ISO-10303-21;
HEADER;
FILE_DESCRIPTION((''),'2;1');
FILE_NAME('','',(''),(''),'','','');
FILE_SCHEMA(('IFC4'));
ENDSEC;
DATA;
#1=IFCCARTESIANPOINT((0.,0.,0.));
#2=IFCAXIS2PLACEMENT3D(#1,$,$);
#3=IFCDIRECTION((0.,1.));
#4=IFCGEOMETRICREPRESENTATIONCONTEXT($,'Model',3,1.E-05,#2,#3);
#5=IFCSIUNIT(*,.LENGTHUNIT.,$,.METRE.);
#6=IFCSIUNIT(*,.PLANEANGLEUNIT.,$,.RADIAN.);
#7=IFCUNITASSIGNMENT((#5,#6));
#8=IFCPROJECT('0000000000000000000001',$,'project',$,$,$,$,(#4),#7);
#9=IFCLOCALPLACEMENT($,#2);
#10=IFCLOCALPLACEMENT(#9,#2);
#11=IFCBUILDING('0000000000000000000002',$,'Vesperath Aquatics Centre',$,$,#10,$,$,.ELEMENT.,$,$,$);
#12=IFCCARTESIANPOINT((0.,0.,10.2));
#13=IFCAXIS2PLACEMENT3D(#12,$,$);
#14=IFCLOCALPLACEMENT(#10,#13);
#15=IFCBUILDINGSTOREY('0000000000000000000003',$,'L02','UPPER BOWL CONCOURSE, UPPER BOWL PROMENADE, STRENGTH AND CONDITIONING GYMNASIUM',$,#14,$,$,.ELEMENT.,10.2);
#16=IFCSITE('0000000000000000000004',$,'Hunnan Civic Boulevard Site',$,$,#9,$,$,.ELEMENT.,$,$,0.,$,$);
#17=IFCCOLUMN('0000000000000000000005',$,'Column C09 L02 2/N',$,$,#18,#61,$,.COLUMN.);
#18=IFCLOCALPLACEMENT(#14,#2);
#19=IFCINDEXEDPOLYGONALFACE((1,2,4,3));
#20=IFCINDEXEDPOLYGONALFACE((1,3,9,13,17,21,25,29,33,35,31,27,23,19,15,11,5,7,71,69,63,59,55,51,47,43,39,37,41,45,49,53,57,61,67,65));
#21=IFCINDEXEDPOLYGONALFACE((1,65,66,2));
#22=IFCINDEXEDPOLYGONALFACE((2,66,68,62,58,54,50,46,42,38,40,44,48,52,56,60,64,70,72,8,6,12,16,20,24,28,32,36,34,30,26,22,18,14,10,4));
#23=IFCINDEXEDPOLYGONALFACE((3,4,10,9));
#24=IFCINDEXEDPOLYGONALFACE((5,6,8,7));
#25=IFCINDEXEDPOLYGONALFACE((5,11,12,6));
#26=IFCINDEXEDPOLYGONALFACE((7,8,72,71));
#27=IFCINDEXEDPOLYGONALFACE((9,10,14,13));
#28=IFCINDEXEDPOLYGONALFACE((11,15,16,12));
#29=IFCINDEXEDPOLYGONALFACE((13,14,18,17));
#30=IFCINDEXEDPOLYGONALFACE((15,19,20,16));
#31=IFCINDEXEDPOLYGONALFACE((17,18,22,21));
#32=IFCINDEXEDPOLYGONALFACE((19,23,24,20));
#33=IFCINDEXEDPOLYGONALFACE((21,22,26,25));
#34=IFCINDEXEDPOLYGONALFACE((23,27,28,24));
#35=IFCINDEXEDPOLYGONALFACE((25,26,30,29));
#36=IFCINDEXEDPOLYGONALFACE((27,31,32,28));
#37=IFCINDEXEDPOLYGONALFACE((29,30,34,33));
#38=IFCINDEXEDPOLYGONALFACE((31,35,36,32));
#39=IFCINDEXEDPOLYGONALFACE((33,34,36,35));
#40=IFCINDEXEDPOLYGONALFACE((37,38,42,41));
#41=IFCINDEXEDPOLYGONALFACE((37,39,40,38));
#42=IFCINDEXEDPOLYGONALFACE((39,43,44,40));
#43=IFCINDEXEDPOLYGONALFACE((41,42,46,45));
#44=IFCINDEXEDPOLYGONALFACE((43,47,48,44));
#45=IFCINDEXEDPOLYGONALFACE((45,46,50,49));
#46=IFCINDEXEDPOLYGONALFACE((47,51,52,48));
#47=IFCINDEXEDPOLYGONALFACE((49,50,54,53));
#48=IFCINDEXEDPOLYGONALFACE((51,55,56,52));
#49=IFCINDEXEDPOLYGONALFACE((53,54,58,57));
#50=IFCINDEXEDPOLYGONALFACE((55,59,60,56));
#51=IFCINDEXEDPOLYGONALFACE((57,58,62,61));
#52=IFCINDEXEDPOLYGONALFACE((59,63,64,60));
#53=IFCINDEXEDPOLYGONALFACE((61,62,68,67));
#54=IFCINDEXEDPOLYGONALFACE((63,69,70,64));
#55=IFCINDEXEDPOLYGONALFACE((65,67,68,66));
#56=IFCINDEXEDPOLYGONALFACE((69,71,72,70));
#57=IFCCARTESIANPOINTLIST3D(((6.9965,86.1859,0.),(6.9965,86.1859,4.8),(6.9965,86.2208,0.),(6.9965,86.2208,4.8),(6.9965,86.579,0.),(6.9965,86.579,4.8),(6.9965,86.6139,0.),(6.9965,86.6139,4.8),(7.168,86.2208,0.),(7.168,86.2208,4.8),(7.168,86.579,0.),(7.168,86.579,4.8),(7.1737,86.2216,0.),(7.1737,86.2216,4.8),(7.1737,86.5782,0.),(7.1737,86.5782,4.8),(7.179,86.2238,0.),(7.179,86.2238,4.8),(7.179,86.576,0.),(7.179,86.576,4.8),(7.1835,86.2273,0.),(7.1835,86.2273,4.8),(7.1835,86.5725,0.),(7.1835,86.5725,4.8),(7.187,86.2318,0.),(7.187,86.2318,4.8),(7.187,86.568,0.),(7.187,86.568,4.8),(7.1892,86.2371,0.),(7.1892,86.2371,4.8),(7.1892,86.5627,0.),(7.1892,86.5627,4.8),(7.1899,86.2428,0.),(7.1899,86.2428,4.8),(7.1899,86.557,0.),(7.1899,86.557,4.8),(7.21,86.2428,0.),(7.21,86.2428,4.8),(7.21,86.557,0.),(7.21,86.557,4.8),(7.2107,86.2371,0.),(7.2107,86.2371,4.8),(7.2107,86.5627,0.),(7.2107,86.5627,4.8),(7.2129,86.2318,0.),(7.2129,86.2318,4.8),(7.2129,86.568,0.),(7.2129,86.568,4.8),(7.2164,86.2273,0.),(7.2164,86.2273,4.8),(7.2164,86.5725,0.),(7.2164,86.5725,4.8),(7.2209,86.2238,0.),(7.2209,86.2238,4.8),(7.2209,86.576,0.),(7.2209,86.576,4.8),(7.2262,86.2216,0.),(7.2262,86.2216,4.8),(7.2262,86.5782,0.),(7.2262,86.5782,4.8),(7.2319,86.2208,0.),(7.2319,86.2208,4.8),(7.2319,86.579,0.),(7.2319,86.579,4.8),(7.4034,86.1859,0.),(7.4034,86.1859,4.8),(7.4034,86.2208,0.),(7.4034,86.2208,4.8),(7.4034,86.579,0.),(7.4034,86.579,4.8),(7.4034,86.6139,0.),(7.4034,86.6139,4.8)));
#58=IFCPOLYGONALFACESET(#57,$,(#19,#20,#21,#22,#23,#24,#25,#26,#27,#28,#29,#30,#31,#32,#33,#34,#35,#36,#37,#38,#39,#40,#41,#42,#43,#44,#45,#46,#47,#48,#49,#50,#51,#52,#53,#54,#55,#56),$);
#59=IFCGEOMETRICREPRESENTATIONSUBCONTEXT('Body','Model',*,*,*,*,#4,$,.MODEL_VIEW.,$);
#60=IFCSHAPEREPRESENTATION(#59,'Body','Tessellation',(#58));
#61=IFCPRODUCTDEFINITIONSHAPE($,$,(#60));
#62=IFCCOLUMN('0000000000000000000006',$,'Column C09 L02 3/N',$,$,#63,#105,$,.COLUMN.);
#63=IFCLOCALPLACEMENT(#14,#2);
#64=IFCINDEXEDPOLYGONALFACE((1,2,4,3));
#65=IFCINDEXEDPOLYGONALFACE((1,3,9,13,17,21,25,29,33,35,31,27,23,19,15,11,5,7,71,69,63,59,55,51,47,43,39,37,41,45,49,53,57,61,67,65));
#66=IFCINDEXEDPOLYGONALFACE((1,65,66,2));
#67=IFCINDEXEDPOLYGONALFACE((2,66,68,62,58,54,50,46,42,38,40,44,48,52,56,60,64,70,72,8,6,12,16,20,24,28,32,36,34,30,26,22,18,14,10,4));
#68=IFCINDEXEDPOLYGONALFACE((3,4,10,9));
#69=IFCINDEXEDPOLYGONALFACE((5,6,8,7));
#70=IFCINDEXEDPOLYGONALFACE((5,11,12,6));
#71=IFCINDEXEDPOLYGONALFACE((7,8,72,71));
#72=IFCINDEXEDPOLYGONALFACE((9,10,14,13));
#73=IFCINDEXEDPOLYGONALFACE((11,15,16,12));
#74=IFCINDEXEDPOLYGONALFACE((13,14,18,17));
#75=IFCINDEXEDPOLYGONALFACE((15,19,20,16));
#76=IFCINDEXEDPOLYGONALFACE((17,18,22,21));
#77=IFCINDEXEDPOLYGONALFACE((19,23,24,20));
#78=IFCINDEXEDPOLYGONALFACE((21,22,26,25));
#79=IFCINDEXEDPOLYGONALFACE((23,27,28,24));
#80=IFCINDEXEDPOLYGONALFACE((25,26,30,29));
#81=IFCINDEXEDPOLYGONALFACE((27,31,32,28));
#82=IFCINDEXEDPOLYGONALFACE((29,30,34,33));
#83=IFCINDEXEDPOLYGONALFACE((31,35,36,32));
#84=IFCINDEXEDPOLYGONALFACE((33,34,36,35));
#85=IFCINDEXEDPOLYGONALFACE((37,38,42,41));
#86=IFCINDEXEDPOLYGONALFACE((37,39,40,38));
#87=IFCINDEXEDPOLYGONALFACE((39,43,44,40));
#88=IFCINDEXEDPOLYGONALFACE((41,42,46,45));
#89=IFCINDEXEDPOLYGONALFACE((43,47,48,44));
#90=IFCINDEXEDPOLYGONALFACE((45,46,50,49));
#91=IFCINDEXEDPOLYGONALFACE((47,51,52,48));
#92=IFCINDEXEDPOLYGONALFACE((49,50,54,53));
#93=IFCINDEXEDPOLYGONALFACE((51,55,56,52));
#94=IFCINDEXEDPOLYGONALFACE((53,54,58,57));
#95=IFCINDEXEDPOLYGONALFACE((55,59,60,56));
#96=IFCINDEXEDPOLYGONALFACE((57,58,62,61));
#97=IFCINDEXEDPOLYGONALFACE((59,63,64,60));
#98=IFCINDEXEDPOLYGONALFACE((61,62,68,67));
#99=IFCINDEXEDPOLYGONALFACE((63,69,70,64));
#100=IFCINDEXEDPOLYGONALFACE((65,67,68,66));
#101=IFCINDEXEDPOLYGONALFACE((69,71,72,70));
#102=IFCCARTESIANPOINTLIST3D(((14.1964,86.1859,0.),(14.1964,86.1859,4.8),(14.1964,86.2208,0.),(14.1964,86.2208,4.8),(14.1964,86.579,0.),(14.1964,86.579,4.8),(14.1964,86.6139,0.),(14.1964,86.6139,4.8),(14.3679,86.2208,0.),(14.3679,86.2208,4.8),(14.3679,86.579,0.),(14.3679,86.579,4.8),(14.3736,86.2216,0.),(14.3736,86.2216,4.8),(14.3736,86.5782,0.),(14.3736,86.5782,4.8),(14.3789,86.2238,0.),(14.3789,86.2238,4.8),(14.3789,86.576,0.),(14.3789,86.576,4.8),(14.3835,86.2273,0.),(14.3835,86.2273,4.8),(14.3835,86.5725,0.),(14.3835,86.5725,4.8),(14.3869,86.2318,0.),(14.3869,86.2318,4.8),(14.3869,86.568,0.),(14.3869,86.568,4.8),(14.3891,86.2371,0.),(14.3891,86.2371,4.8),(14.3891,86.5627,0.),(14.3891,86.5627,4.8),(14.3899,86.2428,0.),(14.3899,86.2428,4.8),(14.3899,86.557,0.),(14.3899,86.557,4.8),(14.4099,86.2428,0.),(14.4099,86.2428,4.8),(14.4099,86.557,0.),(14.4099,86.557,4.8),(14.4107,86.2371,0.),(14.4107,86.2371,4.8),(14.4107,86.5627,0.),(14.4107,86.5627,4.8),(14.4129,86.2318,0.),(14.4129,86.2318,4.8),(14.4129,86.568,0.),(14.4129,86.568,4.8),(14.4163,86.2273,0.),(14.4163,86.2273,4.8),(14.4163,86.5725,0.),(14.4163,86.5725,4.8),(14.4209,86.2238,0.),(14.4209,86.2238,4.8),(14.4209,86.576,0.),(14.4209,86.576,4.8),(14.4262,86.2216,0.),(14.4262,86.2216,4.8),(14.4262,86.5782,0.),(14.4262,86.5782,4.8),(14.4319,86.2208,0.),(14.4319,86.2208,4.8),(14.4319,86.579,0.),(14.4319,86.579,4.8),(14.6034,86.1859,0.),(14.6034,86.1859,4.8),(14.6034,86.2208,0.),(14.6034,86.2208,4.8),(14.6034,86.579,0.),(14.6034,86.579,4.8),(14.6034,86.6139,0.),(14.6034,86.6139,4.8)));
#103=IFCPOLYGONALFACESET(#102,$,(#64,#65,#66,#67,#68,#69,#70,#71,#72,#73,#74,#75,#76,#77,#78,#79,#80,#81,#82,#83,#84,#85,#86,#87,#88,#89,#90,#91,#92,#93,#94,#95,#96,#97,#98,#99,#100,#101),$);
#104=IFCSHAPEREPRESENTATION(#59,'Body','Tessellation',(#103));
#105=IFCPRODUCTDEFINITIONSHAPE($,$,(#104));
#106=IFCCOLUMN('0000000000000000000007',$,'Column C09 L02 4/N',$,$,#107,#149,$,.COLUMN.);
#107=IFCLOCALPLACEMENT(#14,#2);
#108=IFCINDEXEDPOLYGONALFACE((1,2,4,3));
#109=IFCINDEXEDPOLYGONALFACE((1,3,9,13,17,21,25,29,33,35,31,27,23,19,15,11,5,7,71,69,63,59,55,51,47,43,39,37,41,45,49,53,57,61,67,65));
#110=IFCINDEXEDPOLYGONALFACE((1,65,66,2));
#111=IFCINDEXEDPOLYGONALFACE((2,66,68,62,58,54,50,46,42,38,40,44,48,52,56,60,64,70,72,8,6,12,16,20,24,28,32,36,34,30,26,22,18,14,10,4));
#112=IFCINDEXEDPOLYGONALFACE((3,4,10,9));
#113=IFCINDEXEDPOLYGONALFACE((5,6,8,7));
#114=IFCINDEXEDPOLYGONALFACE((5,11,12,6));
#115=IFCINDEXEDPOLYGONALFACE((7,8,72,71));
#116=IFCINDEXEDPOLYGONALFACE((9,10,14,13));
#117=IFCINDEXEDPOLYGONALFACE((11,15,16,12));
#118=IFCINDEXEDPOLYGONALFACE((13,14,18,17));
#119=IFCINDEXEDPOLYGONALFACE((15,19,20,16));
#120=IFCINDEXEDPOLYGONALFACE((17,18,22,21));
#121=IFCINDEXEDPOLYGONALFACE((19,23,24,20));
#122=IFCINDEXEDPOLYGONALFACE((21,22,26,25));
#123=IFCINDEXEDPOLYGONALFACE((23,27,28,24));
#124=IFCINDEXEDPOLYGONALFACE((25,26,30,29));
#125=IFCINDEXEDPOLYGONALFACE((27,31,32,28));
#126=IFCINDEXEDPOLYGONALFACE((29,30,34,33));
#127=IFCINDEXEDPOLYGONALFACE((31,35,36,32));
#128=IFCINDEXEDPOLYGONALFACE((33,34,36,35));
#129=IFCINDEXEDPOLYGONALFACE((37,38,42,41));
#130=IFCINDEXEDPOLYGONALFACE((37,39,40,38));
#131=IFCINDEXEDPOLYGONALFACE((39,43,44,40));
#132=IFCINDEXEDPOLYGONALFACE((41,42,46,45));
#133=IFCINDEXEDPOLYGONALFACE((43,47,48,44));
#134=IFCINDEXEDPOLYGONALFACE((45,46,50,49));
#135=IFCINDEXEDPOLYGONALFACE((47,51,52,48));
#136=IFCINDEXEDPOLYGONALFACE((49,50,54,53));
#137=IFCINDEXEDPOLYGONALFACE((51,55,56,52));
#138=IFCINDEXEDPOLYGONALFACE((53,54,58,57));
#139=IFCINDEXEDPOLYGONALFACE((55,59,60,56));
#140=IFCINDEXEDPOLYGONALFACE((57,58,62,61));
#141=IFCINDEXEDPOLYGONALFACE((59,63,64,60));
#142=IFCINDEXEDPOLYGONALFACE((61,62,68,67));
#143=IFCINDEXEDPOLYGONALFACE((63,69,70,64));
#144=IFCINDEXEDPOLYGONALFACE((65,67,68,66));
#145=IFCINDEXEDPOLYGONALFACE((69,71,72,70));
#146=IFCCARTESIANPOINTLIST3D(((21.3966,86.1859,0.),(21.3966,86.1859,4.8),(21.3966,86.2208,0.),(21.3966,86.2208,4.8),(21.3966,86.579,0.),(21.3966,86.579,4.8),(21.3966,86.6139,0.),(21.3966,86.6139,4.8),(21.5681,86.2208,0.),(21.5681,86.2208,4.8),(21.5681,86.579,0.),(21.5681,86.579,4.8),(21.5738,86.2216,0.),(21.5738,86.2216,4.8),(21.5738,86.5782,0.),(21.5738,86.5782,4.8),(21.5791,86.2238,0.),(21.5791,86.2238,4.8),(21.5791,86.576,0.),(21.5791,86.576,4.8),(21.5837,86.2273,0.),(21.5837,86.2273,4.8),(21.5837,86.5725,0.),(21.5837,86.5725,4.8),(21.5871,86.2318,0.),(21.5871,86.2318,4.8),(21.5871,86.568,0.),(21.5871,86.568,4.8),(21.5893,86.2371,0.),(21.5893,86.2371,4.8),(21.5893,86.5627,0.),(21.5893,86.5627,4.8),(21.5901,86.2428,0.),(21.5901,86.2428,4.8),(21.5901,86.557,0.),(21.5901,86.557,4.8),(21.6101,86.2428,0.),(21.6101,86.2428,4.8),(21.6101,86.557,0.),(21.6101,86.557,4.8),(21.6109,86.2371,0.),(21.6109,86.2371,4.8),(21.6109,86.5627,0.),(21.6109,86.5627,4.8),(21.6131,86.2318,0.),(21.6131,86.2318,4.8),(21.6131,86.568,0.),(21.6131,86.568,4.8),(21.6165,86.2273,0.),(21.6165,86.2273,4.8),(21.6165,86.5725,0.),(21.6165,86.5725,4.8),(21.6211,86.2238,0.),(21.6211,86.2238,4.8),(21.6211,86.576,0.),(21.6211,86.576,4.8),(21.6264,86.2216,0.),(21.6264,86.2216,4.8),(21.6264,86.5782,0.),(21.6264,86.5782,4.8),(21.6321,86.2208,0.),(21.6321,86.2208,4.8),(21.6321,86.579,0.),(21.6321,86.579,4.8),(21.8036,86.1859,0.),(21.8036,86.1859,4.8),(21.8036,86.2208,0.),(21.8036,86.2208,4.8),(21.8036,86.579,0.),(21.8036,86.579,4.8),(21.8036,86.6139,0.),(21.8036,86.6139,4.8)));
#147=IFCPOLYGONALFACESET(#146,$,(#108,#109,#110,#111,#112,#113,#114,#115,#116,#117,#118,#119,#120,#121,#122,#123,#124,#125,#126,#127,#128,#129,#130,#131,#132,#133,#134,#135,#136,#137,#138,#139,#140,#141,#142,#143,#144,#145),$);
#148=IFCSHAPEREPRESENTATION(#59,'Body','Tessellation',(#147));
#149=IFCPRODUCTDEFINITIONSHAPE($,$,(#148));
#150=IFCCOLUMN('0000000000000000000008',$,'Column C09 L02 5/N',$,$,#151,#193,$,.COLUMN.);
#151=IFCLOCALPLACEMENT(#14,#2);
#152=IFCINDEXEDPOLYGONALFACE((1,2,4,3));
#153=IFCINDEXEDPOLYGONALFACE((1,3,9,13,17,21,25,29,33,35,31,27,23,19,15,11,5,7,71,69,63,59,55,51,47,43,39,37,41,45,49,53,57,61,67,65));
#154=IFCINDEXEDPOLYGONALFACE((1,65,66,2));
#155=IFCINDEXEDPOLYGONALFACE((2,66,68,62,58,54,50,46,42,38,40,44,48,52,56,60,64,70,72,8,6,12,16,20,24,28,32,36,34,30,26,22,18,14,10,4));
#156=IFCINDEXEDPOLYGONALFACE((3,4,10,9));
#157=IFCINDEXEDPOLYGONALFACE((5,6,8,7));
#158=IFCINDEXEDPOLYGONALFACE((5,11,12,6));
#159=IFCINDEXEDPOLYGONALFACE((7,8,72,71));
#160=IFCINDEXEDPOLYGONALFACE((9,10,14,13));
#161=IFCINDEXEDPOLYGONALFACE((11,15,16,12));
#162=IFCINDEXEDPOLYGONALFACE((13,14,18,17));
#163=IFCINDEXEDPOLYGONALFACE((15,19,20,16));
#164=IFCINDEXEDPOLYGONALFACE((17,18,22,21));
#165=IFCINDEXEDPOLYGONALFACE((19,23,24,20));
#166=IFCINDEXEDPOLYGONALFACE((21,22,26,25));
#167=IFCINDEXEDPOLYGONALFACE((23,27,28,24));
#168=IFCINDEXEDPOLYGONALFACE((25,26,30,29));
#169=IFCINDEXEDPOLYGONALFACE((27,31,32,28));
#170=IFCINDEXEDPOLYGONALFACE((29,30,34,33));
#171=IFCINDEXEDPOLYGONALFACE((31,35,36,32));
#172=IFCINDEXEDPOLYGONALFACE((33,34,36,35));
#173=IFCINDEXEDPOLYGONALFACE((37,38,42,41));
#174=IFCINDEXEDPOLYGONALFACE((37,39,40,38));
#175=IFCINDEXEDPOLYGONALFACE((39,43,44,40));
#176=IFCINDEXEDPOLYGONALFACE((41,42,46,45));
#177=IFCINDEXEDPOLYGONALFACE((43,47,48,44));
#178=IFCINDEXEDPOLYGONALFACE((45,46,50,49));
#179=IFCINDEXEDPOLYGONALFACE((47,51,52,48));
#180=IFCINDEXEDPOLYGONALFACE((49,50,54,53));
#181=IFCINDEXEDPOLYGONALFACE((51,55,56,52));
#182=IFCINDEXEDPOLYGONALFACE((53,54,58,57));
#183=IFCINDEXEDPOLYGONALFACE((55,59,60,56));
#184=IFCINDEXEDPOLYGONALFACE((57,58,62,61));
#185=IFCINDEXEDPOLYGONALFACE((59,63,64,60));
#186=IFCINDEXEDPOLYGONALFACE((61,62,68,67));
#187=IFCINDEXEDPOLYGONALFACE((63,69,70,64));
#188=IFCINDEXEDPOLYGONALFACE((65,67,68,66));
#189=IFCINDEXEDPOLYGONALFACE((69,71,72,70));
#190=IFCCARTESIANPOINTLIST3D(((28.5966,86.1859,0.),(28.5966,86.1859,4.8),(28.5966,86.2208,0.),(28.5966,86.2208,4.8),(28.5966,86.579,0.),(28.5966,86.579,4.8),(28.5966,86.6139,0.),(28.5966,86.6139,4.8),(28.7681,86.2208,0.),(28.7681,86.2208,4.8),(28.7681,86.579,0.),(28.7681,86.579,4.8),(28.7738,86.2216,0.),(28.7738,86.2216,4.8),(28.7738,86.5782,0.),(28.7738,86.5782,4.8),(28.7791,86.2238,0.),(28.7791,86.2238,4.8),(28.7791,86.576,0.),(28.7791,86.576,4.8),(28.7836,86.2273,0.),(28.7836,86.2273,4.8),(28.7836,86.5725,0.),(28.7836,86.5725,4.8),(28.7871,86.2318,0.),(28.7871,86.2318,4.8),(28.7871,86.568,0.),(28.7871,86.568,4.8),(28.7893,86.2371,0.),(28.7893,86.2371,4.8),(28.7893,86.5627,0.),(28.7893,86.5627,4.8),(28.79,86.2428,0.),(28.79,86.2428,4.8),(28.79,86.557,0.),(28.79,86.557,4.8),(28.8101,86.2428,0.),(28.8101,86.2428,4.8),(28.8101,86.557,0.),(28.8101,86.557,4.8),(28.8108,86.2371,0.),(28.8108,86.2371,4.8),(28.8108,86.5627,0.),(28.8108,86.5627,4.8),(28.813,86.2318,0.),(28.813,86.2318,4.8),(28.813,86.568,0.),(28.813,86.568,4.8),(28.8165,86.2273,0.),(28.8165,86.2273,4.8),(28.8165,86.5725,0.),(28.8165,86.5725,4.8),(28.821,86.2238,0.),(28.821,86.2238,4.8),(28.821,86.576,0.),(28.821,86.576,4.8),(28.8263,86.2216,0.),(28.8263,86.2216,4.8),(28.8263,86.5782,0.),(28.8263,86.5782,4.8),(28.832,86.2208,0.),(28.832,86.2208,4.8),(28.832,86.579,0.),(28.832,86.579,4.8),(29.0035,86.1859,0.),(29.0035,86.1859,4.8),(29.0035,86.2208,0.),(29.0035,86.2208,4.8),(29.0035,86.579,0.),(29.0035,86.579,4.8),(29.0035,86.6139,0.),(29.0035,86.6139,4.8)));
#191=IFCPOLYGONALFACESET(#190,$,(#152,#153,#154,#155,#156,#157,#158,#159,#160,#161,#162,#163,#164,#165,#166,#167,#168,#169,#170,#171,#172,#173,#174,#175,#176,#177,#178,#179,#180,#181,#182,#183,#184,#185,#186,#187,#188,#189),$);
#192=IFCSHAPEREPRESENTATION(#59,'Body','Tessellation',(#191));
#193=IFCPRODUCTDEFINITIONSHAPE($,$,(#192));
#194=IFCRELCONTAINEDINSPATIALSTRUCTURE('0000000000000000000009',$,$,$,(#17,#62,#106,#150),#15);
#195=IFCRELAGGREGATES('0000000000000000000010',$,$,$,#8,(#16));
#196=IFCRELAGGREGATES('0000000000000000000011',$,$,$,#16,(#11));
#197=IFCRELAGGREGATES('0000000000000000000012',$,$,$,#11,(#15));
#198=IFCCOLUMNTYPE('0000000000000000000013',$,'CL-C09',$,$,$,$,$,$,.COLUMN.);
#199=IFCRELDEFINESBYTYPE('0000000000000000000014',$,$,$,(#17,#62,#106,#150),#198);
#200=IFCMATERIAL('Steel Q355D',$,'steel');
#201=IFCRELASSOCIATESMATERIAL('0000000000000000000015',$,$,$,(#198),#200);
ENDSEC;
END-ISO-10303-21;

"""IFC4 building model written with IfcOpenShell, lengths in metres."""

from ifc_helpers import new_model, si_unit, direction, frame, origin, origin_2d, place, context, subcontext, project, spatial, i_section, extrude, material, material_profile, profile_set, type_object, element, save


model = new_model("IFC4")

# Units and contexts
model_context = context("Model", 3, precision=1e-05, world=origin(), true_north=direction((0.0, 1.0)))
body_context = subcontext(model_context, "Body", "Model", "MODEL_VIEW")
ifc_project = project(units=[si_unit("LENGTHUNIT", "METRE"), si_unit("PLANEANGLEUNIT", "RADIAN")], contexts=[model_context])

# Site, building, storey
site_placement = place(None, origin())
site = spatial("IfcSite", under=ifc_project, at=site_placement, Name="Hunnan Civic Boulevard Site", CompositionType="ELEMENT", RefElevation=0.0)
building_placement = place(site_placement, origin())
building = spatial("IfcBuilding", under=site, at=building_placement, Name="Vesperath Aquatics Centre", CompositionType="ELEMENT")
storey_placement = place(building_placement, frame((0.0, 0.0, 10.2)))
storey = spatial("IfcBuildingStorey", under=building, at=storey_placement, Name="L02", Description="UPPER BOWL CONCOURSE, UPPER BOWL PROMENADE, STRENGTH AND CONDITIONING GYMNASIUM", CompositionType="ELEMENT", Elevation=10.2)

# Columns
ifc_material_1 = material(Name="Steel Q355D", Category="steel")
ifc_material_profile_1 = material_profile(ifc_material_1, i_section(OverallWidth=0.407, OverallDepth=0.428, WebThickness=0.02, FlangeThickness=0.0349, FilletRadius=0.022, at=origin_2d()), Name="HW 428x407x20x35")
ifc_profile_set_1 = profile_set([ifc_material_profile_1], Name="Steel Q355D")
column_type = type_object("IfcColumnType", Name="CL-C09", PredefinedType="COLUMN", material=ifc_profile_set_1)
for number, where, z_axis, x_axis, name in (
    (1, (7.2, 86.3999, 0.0), (0.0, 0.0, 1.0), (1.0, 0.0, 0.0), "Column C09 L02 2/N"),
    (2, (14.3999, 86.3999, 0.0), (0.0, 0.0, 1.0), (1.0, 0.0, 0.0), "Column C09 L02 3/N"),
    (3, (21.6001, 86.3999, 0.0), (0.0, 0.0, 1.0), (1.0, 0.0, 0.0), "Column C09 L02 4/N"),
    (4, (28.8, 86.3999, 0.0), (0.0, 0.0, 1.0), (1.0, 0.0, 0.0), "Column C09 L02 5/N"),
):
    element("IfcColumn", number, at=place(storey_placement, frame(where, z_axis=z_axis, x_axis=x_axis)), inside=storey, type_object=column_type, Name=name, PredefinedType="COLUMN", context=body_context, shape_type="SweptSolid", body=[
        extrude(i_section(OverallWidth=0.407, OverallDepth=0.428, WebThickness=0.02, FlangeThickness=0.0349, FilletRadius=0.022, at=origin_2d()), origin(), (0.0, 0.0, 1.0), 4.8),
    ])

save(model, "model.ifc")
